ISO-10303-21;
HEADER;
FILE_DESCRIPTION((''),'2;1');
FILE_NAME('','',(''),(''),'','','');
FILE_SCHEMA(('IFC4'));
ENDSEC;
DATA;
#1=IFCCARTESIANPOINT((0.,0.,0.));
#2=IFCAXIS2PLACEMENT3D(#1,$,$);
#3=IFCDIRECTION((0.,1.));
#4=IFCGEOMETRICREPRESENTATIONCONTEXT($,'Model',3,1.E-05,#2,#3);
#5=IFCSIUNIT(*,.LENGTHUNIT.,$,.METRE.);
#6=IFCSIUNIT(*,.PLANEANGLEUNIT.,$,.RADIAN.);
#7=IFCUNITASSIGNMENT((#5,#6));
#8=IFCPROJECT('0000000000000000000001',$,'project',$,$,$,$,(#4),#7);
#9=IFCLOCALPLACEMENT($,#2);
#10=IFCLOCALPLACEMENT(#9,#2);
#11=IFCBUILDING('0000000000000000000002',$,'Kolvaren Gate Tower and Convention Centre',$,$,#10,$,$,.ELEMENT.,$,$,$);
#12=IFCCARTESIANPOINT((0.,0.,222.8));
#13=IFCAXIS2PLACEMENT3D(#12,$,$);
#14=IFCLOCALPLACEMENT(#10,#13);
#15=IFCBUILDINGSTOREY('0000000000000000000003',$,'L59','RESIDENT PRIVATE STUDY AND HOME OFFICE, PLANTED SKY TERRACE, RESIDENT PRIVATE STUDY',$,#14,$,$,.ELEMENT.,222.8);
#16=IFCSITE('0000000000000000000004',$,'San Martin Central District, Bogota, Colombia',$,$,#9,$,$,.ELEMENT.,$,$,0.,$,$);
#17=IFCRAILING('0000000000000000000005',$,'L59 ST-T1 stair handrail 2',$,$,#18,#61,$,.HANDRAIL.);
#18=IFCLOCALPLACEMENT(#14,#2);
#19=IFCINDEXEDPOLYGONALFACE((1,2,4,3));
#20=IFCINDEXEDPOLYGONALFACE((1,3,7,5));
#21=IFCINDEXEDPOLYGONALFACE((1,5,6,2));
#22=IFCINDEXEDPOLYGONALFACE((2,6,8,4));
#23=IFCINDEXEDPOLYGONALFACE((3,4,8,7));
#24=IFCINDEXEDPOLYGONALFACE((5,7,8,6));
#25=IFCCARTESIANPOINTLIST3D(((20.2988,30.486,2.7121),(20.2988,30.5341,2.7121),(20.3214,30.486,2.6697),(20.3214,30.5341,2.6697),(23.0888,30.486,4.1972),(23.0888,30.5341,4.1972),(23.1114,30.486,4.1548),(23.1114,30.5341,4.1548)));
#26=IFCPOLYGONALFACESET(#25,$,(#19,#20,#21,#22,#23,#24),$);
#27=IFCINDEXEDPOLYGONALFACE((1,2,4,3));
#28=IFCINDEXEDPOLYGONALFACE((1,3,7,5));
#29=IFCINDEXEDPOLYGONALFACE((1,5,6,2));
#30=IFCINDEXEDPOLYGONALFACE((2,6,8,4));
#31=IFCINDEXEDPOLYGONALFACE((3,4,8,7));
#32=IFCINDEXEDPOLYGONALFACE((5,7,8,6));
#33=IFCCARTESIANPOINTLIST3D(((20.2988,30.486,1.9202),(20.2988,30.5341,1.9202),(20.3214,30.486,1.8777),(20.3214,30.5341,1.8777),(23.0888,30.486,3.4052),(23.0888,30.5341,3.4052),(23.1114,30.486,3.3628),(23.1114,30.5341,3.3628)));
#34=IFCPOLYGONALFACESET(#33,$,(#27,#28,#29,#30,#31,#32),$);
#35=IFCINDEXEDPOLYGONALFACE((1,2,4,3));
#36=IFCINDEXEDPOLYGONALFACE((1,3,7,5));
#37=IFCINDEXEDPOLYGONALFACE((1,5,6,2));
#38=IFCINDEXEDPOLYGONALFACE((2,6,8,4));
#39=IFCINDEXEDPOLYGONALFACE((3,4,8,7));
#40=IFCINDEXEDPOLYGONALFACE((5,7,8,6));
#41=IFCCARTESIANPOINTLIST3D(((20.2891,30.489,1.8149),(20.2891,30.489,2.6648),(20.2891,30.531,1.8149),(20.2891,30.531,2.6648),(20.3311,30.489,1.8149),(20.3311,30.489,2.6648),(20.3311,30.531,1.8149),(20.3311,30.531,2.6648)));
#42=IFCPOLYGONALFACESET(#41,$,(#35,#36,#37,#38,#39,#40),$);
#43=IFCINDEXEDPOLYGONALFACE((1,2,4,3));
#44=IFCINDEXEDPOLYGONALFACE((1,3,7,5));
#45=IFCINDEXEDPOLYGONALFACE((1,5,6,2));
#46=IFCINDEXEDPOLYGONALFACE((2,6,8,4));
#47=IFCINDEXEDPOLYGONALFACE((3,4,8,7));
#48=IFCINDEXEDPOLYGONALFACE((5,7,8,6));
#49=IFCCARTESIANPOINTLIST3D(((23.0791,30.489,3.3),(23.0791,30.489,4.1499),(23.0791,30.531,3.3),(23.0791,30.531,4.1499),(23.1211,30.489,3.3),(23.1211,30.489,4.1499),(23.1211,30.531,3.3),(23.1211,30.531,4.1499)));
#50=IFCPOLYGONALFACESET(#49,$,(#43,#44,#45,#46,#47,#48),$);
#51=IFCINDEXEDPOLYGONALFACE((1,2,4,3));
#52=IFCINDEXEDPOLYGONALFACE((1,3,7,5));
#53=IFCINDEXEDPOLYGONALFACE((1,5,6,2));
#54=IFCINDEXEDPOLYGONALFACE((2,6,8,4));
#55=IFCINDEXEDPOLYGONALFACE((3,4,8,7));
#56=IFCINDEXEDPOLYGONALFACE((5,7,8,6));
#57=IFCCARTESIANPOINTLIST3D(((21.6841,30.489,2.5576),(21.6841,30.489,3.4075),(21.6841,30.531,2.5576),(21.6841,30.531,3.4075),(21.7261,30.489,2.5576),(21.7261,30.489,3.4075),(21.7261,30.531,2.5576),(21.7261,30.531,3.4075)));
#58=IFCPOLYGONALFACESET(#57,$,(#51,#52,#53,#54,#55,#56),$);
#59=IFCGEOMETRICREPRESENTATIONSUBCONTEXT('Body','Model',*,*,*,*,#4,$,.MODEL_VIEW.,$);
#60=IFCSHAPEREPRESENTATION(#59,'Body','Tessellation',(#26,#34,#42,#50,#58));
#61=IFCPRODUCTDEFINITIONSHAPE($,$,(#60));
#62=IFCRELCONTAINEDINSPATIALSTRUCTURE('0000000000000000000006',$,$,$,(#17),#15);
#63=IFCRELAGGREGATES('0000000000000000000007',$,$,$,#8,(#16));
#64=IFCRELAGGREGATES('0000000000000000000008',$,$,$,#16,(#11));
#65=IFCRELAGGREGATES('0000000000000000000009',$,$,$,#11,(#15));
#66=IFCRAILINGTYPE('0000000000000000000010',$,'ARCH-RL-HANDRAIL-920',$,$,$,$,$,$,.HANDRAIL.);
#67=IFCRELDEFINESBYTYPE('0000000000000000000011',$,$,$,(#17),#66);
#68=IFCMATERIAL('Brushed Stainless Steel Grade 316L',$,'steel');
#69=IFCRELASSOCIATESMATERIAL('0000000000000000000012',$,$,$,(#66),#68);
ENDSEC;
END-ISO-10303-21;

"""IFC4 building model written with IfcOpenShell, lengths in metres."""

from ifc_helpers import new_model, si_unit, direction, frame, origin, origin_2d, place, context, subcontext, project, spatial, rectangle, extrude, material, type_object, element, save


model = new_model("IFC4")

# Units and contexts
model_context = context("Model", 3, precision=1e-05, world=origin(), true_north=direction((0.0, 1.0)))
body_context = subcontext(model_context, "Body", "Model", "MODEL_VIEW")
ifc_project = project(units=[si_unit("LENGTHUNIT", "METRE"), si_unit("PLANEANGLEUNIT", "RADIAN")], contexts=[model_context])

# Site, building, storey
site_placement = place(None, origin())
site = spatial("IfcSite", under=ifc_project, at=site_placement, Name="San Martin Central District, Bogota, Colombia", CompositionType="ELEMENT", RefElevation=0.0)
building_placement = place(site_placement, origin())
building = spatial("IfcBuilding", under=site, at=building_placement, Name="Kolvaren Gate Tower and Convention Centre", CompositionType="ELEMENT")
storey_placement = place(building_placement, frame((0.0, 0.0, 222.8)))
storey = spatial("IfcBuildingStorey", under=building, at=storey_placement, Name="L59", Description="RESIDENT PRIVATE STUDY AND HOME OFFICE, PLANTED SKY TERRACE, RESIDENT PRIVATE STUDY", CompositionType="ELEMENT", Elevation=222.8)

# Shared definitions
ifc_material_1 = material(Name="Brushed Stainless Steel Grade 316L", Category="steel")

# Railing
railing_type_1 = type_object("IfcRailingType", Name="ARCH-RL-HANDRAIL-920", PredefinedType="HANDRAIL", material=ifc_material_1)
railing_1_placement = place(storey_placement, frame((20.3101, 30.51, 1.8149)))
element("IfcRailing", 1, at=railing_1_placement, inside=storey, type_object=railing_type_1, Name="L59 ST-T1 stair handrail 2", PredefinedType="HANDRAIL", context=body_context, shape_type="SweptSolid", body=[
    extrude(rectangle(XDim=0.0481, YDim=0.0481, at=origin_2d()), frame((0.0, 0.0, 0.876), z_axis=(0.882735, 0.0, 0.46987), x_axis=(0.0, 1.0, 0.0)), (0.0, 0.0, 1.0), 3.1606),
    extrude(rectangle(XDim=0.0481, YDim=0.0481, at=origin_2d()), frame((0.0, 0.0, 0.084), z_axis=(0.882735, 0.0, 0.46987), x_axis=(0.0, 1.0, 0.0)), (0.0, 0.0, 1.0), 3.1606),
    extrude(rectangle(XDim=0.042, YDim=0.042, at=origin_2d()), origin(), (0.0, 0.0, 1.0), 0.8499),
    extrude(rectangle(XDim=0.042, YDim=0.042, at=origin_2d()), frame((2.79, 0.0, 1.4851)), (0.0, 0.0, 1.0), 0.8499),
    extrude(rectangle(XDim=0.042, YDim=0.042, at=origin_2d()), frame((1.395, 0.0, 0.7427)), (0.0, 0.0, 1.0), 0.8499),
])

save(model, "model.ifc")
